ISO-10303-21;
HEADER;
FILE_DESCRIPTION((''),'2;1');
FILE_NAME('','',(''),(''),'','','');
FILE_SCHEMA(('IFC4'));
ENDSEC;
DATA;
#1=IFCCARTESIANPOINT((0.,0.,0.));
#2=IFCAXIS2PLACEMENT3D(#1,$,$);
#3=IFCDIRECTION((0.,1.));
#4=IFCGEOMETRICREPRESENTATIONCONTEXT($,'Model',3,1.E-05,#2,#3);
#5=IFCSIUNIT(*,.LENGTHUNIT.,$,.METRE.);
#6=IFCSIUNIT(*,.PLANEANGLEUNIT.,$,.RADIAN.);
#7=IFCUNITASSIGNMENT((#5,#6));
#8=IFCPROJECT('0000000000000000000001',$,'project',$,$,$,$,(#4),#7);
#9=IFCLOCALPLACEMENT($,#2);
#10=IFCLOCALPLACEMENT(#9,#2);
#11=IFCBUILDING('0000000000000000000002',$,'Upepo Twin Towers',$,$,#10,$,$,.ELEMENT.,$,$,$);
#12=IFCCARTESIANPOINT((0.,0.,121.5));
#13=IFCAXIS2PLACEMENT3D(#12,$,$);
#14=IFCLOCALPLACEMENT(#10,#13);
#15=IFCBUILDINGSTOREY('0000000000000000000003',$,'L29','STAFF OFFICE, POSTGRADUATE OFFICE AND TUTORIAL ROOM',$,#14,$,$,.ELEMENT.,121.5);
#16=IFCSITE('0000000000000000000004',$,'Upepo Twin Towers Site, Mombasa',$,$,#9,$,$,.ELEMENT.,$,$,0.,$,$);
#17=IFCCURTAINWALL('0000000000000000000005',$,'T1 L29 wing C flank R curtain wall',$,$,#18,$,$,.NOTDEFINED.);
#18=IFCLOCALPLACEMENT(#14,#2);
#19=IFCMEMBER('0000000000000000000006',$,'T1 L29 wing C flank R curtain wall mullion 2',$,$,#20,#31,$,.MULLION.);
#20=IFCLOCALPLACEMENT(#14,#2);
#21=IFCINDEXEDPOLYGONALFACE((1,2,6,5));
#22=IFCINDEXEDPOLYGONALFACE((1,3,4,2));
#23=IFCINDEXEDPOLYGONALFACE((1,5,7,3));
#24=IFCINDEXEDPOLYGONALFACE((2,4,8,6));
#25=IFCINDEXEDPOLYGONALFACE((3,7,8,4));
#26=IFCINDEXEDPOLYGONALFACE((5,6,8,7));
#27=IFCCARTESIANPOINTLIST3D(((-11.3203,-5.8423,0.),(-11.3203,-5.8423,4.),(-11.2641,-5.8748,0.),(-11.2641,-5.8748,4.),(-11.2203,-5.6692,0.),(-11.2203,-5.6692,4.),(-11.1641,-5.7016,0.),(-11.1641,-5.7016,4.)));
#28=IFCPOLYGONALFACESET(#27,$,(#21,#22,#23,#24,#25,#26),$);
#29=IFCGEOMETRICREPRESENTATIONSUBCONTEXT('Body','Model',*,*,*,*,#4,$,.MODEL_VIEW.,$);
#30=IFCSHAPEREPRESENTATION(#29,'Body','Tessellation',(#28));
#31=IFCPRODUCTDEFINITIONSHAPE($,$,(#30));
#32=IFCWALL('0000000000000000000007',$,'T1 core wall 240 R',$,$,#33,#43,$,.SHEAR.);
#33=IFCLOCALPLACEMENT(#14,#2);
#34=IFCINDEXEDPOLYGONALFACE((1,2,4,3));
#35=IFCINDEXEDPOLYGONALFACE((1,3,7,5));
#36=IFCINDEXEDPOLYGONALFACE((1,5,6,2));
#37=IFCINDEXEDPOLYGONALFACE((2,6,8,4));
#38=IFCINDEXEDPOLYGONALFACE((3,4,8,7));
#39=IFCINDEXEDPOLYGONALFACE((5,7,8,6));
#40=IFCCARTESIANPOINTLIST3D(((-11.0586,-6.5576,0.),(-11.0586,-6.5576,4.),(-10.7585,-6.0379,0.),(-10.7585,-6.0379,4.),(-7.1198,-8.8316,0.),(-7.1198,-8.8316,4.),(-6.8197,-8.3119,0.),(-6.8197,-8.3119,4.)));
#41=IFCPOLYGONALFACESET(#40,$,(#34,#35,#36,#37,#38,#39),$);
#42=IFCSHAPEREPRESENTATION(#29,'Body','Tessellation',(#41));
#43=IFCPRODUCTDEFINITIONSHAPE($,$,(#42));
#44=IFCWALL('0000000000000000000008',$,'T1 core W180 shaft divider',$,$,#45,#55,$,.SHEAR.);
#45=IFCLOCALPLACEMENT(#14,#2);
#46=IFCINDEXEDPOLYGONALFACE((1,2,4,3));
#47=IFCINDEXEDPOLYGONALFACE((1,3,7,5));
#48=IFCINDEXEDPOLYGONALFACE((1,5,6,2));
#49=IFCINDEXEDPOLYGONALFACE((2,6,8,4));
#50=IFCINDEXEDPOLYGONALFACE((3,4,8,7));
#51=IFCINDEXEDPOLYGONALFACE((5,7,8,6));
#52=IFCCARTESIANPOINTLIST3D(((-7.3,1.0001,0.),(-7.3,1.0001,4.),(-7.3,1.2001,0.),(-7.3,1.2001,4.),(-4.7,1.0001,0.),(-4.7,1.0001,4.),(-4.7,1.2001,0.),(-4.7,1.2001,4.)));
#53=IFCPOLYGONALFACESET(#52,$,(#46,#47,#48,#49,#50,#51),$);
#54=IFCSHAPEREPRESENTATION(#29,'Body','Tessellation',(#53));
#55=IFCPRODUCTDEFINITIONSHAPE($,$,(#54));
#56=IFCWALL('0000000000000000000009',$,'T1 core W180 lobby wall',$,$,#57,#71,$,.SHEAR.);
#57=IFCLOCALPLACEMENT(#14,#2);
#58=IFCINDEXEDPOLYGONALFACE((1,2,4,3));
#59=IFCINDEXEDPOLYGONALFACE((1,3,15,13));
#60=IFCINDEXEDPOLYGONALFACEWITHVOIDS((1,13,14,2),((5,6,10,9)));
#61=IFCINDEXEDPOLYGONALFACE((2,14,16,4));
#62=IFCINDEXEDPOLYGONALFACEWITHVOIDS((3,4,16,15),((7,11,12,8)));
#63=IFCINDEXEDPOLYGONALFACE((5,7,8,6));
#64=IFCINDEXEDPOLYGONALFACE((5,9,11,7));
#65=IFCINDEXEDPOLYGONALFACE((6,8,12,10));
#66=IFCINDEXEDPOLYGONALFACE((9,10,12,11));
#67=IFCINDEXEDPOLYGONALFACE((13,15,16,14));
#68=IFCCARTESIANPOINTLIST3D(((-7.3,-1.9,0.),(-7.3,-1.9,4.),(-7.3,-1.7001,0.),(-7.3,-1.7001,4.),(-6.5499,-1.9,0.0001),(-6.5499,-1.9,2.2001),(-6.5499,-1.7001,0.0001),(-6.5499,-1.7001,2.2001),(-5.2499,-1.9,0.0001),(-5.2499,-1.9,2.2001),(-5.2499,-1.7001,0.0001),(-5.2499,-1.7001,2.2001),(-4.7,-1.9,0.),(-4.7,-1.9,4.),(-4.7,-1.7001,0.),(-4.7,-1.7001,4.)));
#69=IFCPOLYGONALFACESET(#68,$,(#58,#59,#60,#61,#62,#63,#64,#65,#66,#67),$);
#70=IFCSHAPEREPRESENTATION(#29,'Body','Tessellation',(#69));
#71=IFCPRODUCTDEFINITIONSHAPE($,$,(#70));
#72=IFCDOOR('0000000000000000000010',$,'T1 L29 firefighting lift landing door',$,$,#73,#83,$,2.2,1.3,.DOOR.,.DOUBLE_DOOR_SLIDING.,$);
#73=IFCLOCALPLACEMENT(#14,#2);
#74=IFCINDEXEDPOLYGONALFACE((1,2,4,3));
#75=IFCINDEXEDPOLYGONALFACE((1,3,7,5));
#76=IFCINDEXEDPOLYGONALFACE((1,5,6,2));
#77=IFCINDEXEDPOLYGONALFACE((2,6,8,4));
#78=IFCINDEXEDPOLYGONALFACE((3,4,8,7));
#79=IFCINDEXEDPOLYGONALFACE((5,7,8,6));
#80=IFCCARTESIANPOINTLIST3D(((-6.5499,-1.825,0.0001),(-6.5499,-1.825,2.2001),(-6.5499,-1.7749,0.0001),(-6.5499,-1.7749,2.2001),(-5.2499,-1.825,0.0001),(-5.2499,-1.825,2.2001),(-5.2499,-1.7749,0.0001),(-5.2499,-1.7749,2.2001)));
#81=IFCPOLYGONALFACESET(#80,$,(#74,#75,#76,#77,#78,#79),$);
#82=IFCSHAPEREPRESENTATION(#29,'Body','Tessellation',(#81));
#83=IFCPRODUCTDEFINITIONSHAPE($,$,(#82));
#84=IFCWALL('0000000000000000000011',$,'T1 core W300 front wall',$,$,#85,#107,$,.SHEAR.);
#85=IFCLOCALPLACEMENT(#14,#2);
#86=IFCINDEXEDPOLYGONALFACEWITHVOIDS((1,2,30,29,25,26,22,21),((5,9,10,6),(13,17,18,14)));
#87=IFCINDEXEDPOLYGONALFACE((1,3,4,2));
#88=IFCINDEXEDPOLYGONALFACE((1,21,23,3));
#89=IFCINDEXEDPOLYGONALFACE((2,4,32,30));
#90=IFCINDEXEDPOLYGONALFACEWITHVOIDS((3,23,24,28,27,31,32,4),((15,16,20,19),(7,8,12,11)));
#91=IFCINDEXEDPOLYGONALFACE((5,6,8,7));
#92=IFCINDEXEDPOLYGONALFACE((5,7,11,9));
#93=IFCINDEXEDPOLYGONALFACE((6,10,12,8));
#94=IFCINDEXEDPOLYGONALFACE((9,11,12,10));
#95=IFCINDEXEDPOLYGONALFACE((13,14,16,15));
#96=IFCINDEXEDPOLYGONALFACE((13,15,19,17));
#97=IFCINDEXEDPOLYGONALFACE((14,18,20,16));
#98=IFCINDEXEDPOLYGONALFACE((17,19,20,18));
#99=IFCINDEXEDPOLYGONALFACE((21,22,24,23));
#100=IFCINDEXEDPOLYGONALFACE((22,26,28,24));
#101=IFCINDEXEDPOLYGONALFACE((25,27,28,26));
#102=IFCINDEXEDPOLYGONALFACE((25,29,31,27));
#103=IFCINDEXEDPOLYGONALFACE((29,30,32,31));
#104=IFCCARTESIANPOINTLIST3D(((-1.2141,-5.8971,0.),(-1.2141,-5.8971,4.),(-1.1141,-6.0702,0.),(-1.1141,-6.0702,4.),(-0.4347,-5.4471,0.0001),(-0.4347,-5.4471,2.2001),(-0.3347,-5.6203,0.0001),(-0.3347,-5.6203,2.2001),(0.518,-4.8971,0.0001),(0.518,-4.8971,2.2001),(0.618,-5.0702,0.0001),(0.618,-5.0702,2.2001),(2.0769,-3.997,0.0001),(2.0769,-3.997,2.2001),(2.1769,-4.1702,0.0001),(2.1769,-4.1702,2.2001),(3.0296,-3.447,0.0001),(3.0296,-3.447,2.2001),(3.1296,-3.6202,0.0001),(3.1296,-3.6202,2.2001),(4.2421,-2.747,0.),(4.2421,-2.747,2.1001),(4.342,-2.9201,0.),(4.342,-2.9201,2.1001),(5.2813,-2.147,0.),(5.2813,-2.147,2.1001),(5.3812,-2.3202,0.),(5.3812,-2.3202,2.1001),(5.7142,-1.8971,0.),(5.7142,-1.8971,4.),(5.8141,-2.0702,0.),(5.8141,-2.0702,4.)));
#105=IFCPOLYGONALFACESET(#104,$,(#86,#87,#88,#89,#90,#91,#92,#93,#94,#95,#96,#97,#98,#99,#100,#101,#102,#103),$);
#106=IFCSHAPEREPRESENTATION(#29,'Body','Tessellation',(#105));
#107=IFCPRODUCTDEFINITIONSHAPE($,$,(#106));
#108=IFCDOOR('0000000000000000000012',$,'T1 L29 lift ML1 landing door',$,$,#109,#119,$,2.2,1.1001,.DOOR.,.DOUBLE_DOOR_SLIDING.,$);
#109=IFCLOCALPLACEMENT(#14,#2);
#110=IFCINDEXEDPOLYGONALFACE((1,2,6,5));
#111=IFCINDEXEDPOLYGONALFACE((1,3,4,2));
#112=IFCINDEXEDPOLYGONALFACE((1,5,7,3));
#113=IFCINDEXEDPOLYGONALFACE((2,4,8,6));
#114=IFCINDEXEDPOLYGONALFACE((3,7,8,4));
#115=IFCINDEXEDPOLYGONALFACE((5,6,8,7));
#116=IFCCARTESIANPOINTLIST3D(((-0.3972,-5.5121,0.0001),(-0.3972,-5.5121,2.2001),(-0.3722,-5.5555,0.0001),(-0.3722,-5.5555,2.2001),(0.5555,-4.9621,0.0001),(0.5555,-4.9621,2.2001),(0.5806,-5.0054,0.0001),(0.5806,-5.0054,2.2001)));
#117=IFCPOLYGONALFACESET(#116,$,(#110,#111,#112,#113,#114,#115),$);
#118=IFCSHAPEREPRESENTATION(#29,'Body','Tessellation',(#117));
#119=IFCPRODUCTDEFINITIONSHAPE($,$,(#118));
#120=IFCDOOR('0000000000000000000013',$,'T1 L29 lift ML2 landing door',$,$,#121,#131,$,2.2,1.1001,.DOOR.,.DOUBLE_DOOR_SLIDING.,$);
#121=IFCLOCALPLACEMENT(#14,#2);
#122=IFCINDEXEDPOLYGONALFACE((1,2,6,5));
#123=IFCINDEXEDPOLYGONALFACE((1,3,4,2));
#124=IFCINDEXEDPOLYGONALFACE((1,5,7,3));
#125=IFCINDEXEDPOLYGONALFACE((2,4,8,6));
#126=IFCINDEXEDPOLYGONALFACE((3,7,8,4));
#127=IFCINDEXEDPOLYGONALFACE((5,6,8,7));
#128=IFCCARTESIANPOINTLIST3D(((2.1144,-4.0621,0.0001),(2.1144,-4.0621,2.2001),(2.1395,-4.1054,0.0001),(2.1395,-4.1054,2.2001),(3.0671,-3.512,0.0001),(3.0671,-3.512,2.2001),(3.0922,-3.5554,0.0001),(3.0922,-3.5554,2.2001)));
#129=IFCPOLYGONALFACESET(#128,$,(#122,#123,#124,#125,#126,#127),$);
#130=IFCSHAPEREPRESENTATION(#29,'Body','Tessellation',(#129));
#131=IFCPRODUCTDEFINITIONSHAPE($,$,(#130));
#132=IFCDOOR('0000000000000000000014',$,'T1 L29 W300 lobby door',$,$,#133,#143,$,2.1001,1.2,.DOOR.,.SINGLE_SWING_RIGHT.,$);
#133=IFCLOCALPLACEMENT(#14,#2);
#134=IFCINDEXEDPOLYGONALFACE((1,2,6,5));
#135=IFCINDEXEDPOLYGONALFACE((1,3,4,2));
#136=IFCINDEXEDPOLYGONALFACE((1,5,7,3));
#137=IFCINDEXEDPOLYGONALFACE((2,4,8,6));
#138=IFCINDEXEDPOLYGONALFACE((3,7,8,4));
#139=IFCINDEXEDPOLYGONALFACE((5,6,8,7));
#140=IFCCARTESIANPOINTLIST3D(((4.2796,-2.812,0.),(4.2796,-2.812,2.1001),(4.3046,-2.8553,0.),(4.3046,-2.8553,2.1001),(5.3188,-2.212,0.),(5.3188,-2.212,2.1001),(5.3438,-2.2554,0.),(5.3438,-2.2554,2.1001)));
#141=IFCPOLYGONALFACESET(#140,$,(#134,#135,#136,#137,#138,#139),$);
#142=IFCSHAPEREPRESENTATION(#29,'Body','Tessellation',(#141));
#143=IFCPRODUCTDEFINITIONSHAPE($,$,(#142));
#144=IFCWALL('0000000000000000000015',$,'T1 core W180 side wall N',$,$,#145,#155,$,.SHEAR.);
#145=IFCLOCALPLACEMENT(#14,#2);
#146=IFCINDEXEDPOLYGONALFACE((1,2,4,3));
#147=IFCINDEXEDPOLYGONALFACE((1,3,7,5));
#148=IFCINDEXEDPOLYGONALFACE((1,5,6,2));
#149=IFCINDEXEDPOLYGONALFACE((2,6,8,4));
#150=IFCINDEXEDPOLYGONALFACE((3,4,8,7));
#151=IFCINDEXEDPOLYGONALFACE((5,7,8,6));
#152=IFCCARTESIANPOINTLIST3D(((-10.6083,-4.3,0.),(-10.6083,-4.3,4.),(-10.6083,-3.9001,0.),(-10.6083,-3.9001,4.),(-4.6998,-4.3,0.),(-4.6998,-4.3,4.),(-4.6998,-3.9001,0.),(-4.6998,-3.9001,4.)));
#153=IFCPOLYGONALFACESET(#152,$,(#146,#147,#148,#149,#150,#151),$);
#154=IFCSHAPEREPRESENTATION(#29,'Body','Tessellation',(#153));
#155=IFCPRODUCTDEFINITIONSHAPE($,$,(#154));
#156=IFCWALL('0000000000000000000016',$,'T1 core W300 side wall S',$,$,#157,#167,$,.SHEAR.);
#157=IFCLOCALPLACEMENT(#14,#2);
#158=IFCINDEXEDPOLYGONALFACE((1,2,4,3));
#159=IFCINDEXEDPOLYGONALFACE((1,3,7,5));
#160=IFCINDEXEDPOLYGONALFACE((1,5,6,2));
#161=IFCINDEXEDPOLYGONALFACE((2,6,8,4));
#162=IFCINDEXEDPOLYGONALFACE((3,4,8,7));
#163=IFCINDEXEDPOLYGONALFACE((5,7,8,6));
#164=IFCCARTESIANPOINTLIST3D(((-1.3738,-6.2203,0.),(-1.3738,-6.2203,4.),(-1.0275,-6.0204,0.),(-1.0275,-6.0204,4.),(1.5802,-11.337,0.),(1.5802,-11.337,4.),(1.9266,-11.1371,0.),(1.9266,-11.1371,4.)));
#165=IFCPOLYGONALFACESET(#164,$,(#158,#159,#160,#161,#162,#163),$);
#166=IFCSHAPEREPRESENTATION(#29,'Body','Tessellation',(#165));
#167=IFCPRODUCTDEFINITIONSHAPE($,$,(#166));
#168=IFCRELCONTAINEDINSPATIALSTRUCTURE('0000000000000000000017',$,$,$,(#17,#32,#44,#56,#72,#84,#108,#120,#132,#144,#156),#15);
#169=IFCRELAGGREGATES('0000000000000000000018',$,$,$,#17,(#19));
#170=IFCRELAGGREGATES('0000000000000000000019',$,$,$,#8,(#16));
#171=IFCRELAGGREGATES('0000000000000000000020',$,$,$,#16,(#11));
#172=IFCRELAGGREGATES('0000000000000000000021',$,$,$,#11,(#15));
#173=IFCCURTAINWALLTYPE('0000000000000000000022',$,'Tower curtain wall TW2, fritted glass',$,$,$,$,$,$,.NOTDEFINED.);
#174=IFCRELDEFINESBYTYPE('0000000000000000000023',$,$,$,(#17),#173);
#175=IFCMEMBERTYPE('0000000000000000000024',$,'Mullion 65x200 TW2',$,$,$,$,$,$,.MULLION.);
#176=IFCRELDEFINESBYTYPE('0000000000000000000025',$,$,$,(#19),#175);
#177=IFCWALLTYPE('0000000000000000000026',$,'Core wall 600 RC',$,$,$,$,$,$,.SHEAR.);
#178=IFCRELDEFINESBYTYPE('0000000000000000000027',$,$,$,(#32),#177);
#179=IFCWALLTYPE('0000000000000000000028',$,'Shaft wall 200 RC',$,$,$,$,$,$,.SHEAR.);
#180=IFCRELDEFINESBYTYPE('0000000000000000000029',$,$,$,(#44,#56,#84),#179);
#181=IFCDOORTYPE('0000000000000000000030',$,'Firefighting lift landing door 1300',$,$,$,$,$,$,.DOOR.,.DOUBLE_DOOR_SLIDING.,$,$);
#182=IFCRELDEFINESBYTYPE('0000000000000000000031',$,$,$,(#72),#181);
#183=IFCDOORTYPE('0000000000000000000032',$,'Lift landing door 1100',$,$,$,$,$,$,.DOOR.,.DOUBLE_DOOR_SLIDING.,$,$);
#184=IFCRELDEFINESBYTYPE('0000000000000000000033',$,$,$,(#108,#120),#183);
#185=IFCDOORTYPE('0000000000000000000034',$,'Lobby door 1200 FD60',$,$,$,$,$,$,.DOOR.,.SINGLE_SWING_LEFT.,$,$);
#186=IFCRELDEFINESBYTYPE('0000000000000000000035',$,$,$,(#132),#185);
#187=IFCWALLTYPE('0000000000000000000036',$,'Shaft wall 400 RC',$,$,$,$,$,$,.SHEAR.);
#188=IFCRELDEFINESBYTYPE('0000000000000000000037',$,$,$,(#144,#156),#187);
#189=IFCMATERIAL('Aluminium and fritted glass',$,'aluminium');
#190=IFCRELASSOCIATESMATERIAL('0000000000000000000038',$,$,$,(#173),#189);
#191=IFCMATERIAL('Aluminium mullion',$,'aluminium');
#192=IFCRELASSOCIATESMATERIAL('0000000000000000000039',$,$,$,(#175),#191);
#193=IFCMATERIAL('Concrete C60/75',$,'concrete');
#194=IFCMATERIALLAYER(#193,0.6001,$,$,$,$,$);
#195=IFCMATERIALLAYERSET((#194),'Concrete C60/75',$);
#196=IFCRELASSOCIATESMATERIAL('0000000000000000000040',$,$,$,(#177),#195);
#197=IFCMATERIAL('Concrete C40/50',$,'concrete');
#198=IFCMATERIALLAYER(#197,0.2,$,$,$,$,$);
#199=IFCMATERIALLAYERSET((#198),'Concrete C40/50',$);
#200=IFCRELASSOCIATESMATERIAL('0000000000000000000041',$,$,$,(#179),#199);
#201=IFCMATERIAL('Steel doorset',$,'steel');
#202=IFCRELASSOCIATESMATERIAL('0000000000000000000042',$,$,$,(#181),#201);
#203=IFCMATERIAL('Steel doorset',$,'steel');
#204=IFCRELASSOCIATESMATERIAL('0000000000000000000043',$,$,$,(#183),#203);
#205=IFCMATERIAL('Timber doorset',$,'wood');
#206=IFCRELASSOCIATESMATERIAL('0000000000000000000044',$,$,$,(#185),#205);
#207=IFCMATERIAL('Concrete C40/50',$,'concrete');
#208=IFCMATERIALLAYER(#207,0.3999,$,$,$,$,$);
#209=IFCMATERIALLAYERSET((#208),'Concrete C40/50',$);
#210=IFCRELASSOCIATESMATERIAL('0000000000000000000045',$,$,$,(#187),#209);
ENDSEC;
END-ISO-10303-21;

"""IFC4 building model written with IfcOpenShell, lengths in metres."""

from ifc_helpers import new_model, si_unit, direction, frame, frame_2d, origin, origin_2d, place, context, subcontext, project, spatial, rectangle, extrude, material, layer, layer_set, material_profile, profile_set, type_object, element, fill, aggregate, save


model = new_model("IFC4")

# Units and contexts
model_context = context("Model", 3, precision=1e-05, world=origin(), true_north=direction((0.0, 1.0)))
body_context = subcontext(model_context, "Body", "Model", "MODEL_VIEW")
ifc_project = project(units=[si_unit("LENGTHUNIT", "METRE"), si_unit("PLANEANGLEUNIT", "RADIAN")], contexts=[model_context])

# Site, building, storey
site_placement = place(None, origin())
site = spatial("IfcSite", under=ifc_project, at=site_placement, Name="Upepo Twin Towers Site, Mombasa", CompositionType="ELEMENT", RefElevation=0.0)
building_placement = place(site_placement, origin())
building = spatial("IfcBuilding", under=site, at=building_placement, Name="Upepo Twin Towers", CompositionType="ELEMENT")
storey_placement = place(building_placement, frame((0.0, 0.0, 121.5)))
storey = spatial("IfcBuildingStorey", under=building, at=storey_placement, Name="L29", Description="STAFF OFFICE, POSTGRADUATE OFFICE AND TUTORIAL ROOM", CompositionType="ELEMENT", Elevation=121.5)

# Curtain wall, member
ifc_material_1 = material(Name="Aluminium and fritted glass", Category="aluminium")
curtain_wall_type = type_object("IfcCurtainWallType", Name="Tower curtain wall TW2, fritted glass", PredefinedType="NOTDEFINED", material=ifc_material_1)
curtain_wall_placement = place(storey_placement, origin())
curtain_wall = element("IfcCurtainWall", 1, at=curtain_wall_placement, inside=storey, type_object=curtain_wall_type, Name="T1 L29 wing C flank R curtain wall", PredefinedType="NOTDEFINED")
ifc_material_2 = material(Name="Aluminium mullion", Category="aluminium")
ifc_material_profile = material_profile(ifc_material_2, rectangle(XDim=0.0649, YDim=0.2, at=origin_2d()), Name="MULLION 65x200")
ifc_profile_set = profile_set([ifc_material_profile], Name="Aluminium mullion")
member_type = type_object("IfcMemberType", Name="Mullion 65x200 TW2", PredefinedType="MULLION", material=ifc_profile_set)
member_placement = place(storey_placement, frame((-11.2422, -5.772, 0.0), z_axis=(0.0, 0.0, 1.0), x_axis=(-0.866025, 0.5, 0.0)))
member = element("IfcMember", 2, at=member_placement, type_object=member_type, Name="T1 L29 wing C flank R curtain wall mullion 2", PredefinedType="MULLION", context=body_context, shape_type="SweptSolid", body=[
    extrude(rectangle(XDim=0.0649, YDim=0.2, at=origin_2d()), origin(), (0.0, 0.0, 1.0), 4.0),
])
aggregate(curtain_wall, [member])

# Walls
ifc_material_3 = material(Name="Concrete C60/75", Category="concrete")
ifc_layer_1 = layer(ifc_material_3, 0.6001)
ifc_layer_set_1 = layer_set([ifc_layer_1], Name="Concrete C60/75")
wall_type_1 = type_object("IfcWallType", Name="Core wall 600 RC", PredefinedType="SHEAR", material=ifc_layer_set_1)
wall_1_placement = place(storey_placement, frame((-10.9084, -6.2979, 0.0), z_axis=(0.0, 0.0, 1.0), x_axis=(0.866035, -0.499984, 0.0)))
element("IfcWall", 3, at=wall_1_placement, inside=storey, type_object=wall_type_1, Name="T1 core wall 240 R", PredefinedType="SHEAR", context=body_context, shape_type="SweptSolid", body=[
    extrude(rectangle(XDim=4.5481, YDim=0.6001, at=frame_2d((2.2739, 0.0))), origin(), (0.0, 0.0, 1.0), 4.0),
])
ifc_material_4 = material(Name="Concrete C40/50", Category="concrete")
ifc_layer_2 = layer(ifc_material_4, 0.2)
ifc_layer_set_2 = layer_set([ifc_layer_2], Name="Concrete C40/50")
wall_type_2 = type_object("IfcWallType", Name="Shaft wall 200 RC", PredefinedType="SHEAR", material=ifc_layer_set_2)
wall_2_placement = place(storey_placement, frame((-4.7, 1.1001, 0.0), z_axis=(0.0, 0.0, 1.0), x_axis=(-1.0, 0.0, 0.0)))
element("IfcWall", 4, at=wall_2_placement, inside=storey, type_object=wall_type_2, Name="T1 core W180 shaft divider", PredefinedType="SHEAR", context=body_context, shape_type="SweptSolid", body=[
    extrude(rectangle(XDim=2.6001, YDim=0.2, at=frame_2d((1.3, 0.0))), origin(), (0.0, 0.0, 1.0), 4.0),
])

# Wall, opening, door
wall_3_placement = place(storey_placement, frame((-4.7, -1.8, 0.0), z_axis=(0.0, 0.0, 1.0), x_axis=(-1.0, 0.0, 0.0)))
wall_3 = element("IfcWall", 5, at=wall_3_placement, inside=storey, type_object=wall_type_2, Name="T1 core W180 lobby wall", PredefinedType="SHEAR", context=body_context, shape_type="SweptSolid", body=[
    extrude(rectangle(XDim=2.6001, YDim=0.2, at=frame_2d((1.3, 0.0))), origin(), (0.0, 0.0, 1.0), 4.0),
])
opening_1_placement = place(wall_3_placement, frame((0.55, 0.0, 0.0)))
opening_1 = element("IfcOpeningElement", 6, at=opening_1_placement, cuts=wall_3, PredefinedType="OPENING", context=body_context, shape_type="SweptSolid", body=[
    extrude(rectangle(XDim=1.3, YDim=2.2, at=frame_2d((0.6499, 1.1001))), frame((0.0, 0.1099, 0.0), z_axis=(0.0, -1.0, 0.0), x_axis=(1.0, 0.0, 0.0)), (0.0, 0.0, 1.0), 0.22),
])
ifc_material_5 = material(Name="Steel doorset", Category="steel")
door_type_1 = type_object("IfcDoorType", Name="Firefighting lift landing door 1300", OperationType="DOUBLE_DOOR_SLIDING", PredefinedType="DOOR", material=ifc_material_5)
door_1_placement = place(opening_1_placement, origin())
door_1 = element("IfcDoor", 7, at=door_1_placement, inside=storey, type_object=door_type_1, Name="T1 L29 firefighting lift landing door", OperationType="DOUBLE_DOOR_SLIDING", OverallHeight=2.2, OverallWidth=1.3, PredefinedType="DOOR", context=body_context, shape_type="SweptSolid", body=[
    extrude(rectangle(XDim=1.3, YDim=2.2, at=frame_2d((0.6499, 1.1001))), frame((0.0, 0.0249, 0.0), z_axis=(0.0, -1.0, 0.0), x_axis=(1.0, 0.0, 0.0)), (0.0, 0.0, 1.0), 0.05),
])
fill(opening_1, door_1)

# Wall, openings, doors
wall_4_placement = place(storey_placement, frame((-1.1641, -5.9836, 0.0), z_axis=(0.0, 0.0, 1.0), x_axis=(0.866026, 0.499999, 0.0)))
wall_4 = element("IfcWall", 8, at=wall_4_placement, inside=storey, type_object=wall_type_2, Name="T1 core W300 front wall", PredefinedType="SHEAR", context=body_context, shape_type="SweptSolid", body=[
    extrude(rectangle(XDim=8.0, YDim=0.2, at=frame_2d((4.0, 0.0))), origin(), (0.0, 0.0, 1.0), 4.0),
])
opening_2_placement = place(wall_4_placement, frame((6.3, 0.0, 0.0)))
opening_2 = element("IfcOpeningElement", 9, at=opening_2_placement, cuts=wall_4, PredefinedType="OPENING", context=body_context, shape_type="SweptSolid", body=[
    extrude(rectangle(XDim=1.2, YDim=2.1001, at=frame_2d((0.6001, 1.05))), frame((0.0, 0.1099, 0.0), z_axis=(0.0, -1.0, 0.0), x_axis=(1.0, 0.0, 0.0)), (0.0, 0.0, 1.0), 0.22),
])
opening_3_placement = place(wall_4_placement, frame((0.8999, 0.0, 0.0)))
opening_3 = element("IfcOpeningElement", 10, at=opening_3_placement, cuts=wall_4, PredefinedType="OPENING", context=body_context, shape_type="SweptSolid", body=[
    extrude(rectangle(XDim=1.1001, YDim=2.2, at=frame_2d((0.55, 1.1001))), frame((0.0, 0.1099, 0.0), z_axis=(0.0, -1.0, 0.0), x_axis=(1.0, 0.0, 0.0)), (0.0, 0.0, 1.0), 0.22),
])
opening_4_placement = place(wall_4_placement, frame((3.8, 0.0, 0.0)))
opening_4 = element("IfcOpeningElement", 11, at=opening_4_placement, cuts=wall_4, PredefinedType="OPENING", context=body_context, shape_type="SweptSolid", body=[
    extrude(rectangle(XDim=1.1001, YDim=2.2, at=frame_2d((0.55, 1.1001))), frame((0.0, 0.1099, 0.0), z_axis=(0.0, -1.0, 0.0), x_axis=(1.0, 0.0, 0.0)), (0.0, 0.0, 1.0), 0.22),
])
ifc_material_6 = material(Name="Steel doorset", Category="steel")
door_type_2 = type_object("IfcDoorType", Name="Lift landing door 1100", OperationType="DOUBLE_DOOR_SLIDING", PredefinedType="DOOR", material=ifc_material_6)
door_2_placement = place(opening_3_placement, origin())
door_2 = element("IfcDoor", 12, at=door_2_placement, inside=storey, type_object=door_type_2, Name="T1 L29 lift ML1 landing door", OperationType="DOUBLE_DOOR_SLIDING", OverallHeight=2.2, OverallWidth=1.1001, PredefinedType="DOOR", context=body_context, shape_type="SweptSolid", body=[
    extrude(rectangle(XDim=1.1001, YDim=2.2, at=frame_2d((0.55, 1.1001))), frame((0.0, 0.0249, 0.0), z_axis=(0.0, -1.0, 0.0), x_axis=(1.0, 0.0, 0.0)), (0.0, 0.0, 1.0), 0.05),
])
fill(opening_3, door_2)
door_3_placement = place(opening_4_placement, origin())
door_3 = element("IfcDoor", 13, at=door_3_placement, inside=storey, type_object=door_type_2, Name="T1 L29 lift ML2 landing door", OperationType="DOUBLE_DOOR_SLIDING", OverallHeight=2.2, OverallWidth=1.1001, PredefinedType="DOOR", context=body_context, shape_type="SweptSolid", body=[
    extrude(rectangle(XDim=1.1001, YDim=2.2, at=frame_2d((0.55, 1.1001))), frame((0.0, 0.0249, 0.0), z_axis=(0.0, -1.0, 0.0), x_axis=(1.0, 0.0, 0.0)), (0.0, 0.0, 1.0), 0.05),
])
fill(opening_4, door_3)
ifc_material_7 = material(Name="Timber doorset", Category="wood")
door_type_3 = type_object("IfcDoorType", Name="Lobby door 1200 FD60", OperationType="SINGLE_SWING_LEFT", PredefinedType="DOOR", material=ifc_material_7)
door_4_placement = place(opening_2_placement, origin())
door_4 = element("IfcDoor", 14, at=door_4_placement, inside=storey, type_object=door_type_3, Name="T1 L29 W300 lobby door", OperationType="SINGLE_SWING_RIGHT", OverallHeight=2.1001, OverallWidth=1.2, PredefinedType="DOOR", context=body_context, shape_type="SweptSolid", body=[
    extrude(rectangle(XDim=1.2, YDim=2.1001, at=frame_2d((0.6001, 1.05))), frame((0.0, 0.0249, 0.0), z_axis=(0.0, -1.0, 0.0), x_axis=(1.0, 0.0, 0.0)), (0.0, 0.0, 1.0), 0.05),
])
fill(opening_2, door_4)

# Walls
ifc_material_8 = material(Name="Concrete C40/50", Category="concrete")
ifc_layer_3 = layer(ifc_material_8, 0.3999)
ifc_layer_set_3 = layer_set([ifc_layer_3], Name="Concrete C40/50")
wall_type_3 = type_object("IfcWallType", Name="Shaft wall 400 RC", PredefinedType="SHEAR", material=ifc_layer_set_3)
wall_5_placement = place(storey_placement, frame((-4.7, -4.1001, 0.0), z_axis=(0.0, 0.0, 1.0), x_axis=(-1.0, 0.0, 0.0)))
element("IfcWall", 15, at=wall_5_placement, inside=storey, type_object=wall_type_3, Name="T1 core W180 side wall N", PredefinedType="SHEAR", context=body_context, shape_type="SweptSolid", body=[
    extrude(rectangle(XDim=5.9084, YDim=0.3999, at=frame_2d((2.9541, 0.0))), origin(), (0.0, 0.0, 1.0), 4.0),
])
wall_6_placement = place(storey_placement, frame((-1.2007, -6.1204, 0.0), z_axis=(0.0, 0.0, 1.0), x_axis=(0.499997, -0.866027, 0.0)))
element("IfcWall", 16, at=wall_6_placement, inside=storey, type_object=wall_type_3, Name="T1 core W300 side wall S", PredefinedType="SHEAR", context=body_context, shape_type="SweptSolid", body=[
    extrude(rectangle(XDim=5.9082, YDim=0.3999, at=frame_2d((2.9541, 0.0))), origin(), (0.0, 0.0, 1.0), 4.0),
])

save(model, "model.ifc")
